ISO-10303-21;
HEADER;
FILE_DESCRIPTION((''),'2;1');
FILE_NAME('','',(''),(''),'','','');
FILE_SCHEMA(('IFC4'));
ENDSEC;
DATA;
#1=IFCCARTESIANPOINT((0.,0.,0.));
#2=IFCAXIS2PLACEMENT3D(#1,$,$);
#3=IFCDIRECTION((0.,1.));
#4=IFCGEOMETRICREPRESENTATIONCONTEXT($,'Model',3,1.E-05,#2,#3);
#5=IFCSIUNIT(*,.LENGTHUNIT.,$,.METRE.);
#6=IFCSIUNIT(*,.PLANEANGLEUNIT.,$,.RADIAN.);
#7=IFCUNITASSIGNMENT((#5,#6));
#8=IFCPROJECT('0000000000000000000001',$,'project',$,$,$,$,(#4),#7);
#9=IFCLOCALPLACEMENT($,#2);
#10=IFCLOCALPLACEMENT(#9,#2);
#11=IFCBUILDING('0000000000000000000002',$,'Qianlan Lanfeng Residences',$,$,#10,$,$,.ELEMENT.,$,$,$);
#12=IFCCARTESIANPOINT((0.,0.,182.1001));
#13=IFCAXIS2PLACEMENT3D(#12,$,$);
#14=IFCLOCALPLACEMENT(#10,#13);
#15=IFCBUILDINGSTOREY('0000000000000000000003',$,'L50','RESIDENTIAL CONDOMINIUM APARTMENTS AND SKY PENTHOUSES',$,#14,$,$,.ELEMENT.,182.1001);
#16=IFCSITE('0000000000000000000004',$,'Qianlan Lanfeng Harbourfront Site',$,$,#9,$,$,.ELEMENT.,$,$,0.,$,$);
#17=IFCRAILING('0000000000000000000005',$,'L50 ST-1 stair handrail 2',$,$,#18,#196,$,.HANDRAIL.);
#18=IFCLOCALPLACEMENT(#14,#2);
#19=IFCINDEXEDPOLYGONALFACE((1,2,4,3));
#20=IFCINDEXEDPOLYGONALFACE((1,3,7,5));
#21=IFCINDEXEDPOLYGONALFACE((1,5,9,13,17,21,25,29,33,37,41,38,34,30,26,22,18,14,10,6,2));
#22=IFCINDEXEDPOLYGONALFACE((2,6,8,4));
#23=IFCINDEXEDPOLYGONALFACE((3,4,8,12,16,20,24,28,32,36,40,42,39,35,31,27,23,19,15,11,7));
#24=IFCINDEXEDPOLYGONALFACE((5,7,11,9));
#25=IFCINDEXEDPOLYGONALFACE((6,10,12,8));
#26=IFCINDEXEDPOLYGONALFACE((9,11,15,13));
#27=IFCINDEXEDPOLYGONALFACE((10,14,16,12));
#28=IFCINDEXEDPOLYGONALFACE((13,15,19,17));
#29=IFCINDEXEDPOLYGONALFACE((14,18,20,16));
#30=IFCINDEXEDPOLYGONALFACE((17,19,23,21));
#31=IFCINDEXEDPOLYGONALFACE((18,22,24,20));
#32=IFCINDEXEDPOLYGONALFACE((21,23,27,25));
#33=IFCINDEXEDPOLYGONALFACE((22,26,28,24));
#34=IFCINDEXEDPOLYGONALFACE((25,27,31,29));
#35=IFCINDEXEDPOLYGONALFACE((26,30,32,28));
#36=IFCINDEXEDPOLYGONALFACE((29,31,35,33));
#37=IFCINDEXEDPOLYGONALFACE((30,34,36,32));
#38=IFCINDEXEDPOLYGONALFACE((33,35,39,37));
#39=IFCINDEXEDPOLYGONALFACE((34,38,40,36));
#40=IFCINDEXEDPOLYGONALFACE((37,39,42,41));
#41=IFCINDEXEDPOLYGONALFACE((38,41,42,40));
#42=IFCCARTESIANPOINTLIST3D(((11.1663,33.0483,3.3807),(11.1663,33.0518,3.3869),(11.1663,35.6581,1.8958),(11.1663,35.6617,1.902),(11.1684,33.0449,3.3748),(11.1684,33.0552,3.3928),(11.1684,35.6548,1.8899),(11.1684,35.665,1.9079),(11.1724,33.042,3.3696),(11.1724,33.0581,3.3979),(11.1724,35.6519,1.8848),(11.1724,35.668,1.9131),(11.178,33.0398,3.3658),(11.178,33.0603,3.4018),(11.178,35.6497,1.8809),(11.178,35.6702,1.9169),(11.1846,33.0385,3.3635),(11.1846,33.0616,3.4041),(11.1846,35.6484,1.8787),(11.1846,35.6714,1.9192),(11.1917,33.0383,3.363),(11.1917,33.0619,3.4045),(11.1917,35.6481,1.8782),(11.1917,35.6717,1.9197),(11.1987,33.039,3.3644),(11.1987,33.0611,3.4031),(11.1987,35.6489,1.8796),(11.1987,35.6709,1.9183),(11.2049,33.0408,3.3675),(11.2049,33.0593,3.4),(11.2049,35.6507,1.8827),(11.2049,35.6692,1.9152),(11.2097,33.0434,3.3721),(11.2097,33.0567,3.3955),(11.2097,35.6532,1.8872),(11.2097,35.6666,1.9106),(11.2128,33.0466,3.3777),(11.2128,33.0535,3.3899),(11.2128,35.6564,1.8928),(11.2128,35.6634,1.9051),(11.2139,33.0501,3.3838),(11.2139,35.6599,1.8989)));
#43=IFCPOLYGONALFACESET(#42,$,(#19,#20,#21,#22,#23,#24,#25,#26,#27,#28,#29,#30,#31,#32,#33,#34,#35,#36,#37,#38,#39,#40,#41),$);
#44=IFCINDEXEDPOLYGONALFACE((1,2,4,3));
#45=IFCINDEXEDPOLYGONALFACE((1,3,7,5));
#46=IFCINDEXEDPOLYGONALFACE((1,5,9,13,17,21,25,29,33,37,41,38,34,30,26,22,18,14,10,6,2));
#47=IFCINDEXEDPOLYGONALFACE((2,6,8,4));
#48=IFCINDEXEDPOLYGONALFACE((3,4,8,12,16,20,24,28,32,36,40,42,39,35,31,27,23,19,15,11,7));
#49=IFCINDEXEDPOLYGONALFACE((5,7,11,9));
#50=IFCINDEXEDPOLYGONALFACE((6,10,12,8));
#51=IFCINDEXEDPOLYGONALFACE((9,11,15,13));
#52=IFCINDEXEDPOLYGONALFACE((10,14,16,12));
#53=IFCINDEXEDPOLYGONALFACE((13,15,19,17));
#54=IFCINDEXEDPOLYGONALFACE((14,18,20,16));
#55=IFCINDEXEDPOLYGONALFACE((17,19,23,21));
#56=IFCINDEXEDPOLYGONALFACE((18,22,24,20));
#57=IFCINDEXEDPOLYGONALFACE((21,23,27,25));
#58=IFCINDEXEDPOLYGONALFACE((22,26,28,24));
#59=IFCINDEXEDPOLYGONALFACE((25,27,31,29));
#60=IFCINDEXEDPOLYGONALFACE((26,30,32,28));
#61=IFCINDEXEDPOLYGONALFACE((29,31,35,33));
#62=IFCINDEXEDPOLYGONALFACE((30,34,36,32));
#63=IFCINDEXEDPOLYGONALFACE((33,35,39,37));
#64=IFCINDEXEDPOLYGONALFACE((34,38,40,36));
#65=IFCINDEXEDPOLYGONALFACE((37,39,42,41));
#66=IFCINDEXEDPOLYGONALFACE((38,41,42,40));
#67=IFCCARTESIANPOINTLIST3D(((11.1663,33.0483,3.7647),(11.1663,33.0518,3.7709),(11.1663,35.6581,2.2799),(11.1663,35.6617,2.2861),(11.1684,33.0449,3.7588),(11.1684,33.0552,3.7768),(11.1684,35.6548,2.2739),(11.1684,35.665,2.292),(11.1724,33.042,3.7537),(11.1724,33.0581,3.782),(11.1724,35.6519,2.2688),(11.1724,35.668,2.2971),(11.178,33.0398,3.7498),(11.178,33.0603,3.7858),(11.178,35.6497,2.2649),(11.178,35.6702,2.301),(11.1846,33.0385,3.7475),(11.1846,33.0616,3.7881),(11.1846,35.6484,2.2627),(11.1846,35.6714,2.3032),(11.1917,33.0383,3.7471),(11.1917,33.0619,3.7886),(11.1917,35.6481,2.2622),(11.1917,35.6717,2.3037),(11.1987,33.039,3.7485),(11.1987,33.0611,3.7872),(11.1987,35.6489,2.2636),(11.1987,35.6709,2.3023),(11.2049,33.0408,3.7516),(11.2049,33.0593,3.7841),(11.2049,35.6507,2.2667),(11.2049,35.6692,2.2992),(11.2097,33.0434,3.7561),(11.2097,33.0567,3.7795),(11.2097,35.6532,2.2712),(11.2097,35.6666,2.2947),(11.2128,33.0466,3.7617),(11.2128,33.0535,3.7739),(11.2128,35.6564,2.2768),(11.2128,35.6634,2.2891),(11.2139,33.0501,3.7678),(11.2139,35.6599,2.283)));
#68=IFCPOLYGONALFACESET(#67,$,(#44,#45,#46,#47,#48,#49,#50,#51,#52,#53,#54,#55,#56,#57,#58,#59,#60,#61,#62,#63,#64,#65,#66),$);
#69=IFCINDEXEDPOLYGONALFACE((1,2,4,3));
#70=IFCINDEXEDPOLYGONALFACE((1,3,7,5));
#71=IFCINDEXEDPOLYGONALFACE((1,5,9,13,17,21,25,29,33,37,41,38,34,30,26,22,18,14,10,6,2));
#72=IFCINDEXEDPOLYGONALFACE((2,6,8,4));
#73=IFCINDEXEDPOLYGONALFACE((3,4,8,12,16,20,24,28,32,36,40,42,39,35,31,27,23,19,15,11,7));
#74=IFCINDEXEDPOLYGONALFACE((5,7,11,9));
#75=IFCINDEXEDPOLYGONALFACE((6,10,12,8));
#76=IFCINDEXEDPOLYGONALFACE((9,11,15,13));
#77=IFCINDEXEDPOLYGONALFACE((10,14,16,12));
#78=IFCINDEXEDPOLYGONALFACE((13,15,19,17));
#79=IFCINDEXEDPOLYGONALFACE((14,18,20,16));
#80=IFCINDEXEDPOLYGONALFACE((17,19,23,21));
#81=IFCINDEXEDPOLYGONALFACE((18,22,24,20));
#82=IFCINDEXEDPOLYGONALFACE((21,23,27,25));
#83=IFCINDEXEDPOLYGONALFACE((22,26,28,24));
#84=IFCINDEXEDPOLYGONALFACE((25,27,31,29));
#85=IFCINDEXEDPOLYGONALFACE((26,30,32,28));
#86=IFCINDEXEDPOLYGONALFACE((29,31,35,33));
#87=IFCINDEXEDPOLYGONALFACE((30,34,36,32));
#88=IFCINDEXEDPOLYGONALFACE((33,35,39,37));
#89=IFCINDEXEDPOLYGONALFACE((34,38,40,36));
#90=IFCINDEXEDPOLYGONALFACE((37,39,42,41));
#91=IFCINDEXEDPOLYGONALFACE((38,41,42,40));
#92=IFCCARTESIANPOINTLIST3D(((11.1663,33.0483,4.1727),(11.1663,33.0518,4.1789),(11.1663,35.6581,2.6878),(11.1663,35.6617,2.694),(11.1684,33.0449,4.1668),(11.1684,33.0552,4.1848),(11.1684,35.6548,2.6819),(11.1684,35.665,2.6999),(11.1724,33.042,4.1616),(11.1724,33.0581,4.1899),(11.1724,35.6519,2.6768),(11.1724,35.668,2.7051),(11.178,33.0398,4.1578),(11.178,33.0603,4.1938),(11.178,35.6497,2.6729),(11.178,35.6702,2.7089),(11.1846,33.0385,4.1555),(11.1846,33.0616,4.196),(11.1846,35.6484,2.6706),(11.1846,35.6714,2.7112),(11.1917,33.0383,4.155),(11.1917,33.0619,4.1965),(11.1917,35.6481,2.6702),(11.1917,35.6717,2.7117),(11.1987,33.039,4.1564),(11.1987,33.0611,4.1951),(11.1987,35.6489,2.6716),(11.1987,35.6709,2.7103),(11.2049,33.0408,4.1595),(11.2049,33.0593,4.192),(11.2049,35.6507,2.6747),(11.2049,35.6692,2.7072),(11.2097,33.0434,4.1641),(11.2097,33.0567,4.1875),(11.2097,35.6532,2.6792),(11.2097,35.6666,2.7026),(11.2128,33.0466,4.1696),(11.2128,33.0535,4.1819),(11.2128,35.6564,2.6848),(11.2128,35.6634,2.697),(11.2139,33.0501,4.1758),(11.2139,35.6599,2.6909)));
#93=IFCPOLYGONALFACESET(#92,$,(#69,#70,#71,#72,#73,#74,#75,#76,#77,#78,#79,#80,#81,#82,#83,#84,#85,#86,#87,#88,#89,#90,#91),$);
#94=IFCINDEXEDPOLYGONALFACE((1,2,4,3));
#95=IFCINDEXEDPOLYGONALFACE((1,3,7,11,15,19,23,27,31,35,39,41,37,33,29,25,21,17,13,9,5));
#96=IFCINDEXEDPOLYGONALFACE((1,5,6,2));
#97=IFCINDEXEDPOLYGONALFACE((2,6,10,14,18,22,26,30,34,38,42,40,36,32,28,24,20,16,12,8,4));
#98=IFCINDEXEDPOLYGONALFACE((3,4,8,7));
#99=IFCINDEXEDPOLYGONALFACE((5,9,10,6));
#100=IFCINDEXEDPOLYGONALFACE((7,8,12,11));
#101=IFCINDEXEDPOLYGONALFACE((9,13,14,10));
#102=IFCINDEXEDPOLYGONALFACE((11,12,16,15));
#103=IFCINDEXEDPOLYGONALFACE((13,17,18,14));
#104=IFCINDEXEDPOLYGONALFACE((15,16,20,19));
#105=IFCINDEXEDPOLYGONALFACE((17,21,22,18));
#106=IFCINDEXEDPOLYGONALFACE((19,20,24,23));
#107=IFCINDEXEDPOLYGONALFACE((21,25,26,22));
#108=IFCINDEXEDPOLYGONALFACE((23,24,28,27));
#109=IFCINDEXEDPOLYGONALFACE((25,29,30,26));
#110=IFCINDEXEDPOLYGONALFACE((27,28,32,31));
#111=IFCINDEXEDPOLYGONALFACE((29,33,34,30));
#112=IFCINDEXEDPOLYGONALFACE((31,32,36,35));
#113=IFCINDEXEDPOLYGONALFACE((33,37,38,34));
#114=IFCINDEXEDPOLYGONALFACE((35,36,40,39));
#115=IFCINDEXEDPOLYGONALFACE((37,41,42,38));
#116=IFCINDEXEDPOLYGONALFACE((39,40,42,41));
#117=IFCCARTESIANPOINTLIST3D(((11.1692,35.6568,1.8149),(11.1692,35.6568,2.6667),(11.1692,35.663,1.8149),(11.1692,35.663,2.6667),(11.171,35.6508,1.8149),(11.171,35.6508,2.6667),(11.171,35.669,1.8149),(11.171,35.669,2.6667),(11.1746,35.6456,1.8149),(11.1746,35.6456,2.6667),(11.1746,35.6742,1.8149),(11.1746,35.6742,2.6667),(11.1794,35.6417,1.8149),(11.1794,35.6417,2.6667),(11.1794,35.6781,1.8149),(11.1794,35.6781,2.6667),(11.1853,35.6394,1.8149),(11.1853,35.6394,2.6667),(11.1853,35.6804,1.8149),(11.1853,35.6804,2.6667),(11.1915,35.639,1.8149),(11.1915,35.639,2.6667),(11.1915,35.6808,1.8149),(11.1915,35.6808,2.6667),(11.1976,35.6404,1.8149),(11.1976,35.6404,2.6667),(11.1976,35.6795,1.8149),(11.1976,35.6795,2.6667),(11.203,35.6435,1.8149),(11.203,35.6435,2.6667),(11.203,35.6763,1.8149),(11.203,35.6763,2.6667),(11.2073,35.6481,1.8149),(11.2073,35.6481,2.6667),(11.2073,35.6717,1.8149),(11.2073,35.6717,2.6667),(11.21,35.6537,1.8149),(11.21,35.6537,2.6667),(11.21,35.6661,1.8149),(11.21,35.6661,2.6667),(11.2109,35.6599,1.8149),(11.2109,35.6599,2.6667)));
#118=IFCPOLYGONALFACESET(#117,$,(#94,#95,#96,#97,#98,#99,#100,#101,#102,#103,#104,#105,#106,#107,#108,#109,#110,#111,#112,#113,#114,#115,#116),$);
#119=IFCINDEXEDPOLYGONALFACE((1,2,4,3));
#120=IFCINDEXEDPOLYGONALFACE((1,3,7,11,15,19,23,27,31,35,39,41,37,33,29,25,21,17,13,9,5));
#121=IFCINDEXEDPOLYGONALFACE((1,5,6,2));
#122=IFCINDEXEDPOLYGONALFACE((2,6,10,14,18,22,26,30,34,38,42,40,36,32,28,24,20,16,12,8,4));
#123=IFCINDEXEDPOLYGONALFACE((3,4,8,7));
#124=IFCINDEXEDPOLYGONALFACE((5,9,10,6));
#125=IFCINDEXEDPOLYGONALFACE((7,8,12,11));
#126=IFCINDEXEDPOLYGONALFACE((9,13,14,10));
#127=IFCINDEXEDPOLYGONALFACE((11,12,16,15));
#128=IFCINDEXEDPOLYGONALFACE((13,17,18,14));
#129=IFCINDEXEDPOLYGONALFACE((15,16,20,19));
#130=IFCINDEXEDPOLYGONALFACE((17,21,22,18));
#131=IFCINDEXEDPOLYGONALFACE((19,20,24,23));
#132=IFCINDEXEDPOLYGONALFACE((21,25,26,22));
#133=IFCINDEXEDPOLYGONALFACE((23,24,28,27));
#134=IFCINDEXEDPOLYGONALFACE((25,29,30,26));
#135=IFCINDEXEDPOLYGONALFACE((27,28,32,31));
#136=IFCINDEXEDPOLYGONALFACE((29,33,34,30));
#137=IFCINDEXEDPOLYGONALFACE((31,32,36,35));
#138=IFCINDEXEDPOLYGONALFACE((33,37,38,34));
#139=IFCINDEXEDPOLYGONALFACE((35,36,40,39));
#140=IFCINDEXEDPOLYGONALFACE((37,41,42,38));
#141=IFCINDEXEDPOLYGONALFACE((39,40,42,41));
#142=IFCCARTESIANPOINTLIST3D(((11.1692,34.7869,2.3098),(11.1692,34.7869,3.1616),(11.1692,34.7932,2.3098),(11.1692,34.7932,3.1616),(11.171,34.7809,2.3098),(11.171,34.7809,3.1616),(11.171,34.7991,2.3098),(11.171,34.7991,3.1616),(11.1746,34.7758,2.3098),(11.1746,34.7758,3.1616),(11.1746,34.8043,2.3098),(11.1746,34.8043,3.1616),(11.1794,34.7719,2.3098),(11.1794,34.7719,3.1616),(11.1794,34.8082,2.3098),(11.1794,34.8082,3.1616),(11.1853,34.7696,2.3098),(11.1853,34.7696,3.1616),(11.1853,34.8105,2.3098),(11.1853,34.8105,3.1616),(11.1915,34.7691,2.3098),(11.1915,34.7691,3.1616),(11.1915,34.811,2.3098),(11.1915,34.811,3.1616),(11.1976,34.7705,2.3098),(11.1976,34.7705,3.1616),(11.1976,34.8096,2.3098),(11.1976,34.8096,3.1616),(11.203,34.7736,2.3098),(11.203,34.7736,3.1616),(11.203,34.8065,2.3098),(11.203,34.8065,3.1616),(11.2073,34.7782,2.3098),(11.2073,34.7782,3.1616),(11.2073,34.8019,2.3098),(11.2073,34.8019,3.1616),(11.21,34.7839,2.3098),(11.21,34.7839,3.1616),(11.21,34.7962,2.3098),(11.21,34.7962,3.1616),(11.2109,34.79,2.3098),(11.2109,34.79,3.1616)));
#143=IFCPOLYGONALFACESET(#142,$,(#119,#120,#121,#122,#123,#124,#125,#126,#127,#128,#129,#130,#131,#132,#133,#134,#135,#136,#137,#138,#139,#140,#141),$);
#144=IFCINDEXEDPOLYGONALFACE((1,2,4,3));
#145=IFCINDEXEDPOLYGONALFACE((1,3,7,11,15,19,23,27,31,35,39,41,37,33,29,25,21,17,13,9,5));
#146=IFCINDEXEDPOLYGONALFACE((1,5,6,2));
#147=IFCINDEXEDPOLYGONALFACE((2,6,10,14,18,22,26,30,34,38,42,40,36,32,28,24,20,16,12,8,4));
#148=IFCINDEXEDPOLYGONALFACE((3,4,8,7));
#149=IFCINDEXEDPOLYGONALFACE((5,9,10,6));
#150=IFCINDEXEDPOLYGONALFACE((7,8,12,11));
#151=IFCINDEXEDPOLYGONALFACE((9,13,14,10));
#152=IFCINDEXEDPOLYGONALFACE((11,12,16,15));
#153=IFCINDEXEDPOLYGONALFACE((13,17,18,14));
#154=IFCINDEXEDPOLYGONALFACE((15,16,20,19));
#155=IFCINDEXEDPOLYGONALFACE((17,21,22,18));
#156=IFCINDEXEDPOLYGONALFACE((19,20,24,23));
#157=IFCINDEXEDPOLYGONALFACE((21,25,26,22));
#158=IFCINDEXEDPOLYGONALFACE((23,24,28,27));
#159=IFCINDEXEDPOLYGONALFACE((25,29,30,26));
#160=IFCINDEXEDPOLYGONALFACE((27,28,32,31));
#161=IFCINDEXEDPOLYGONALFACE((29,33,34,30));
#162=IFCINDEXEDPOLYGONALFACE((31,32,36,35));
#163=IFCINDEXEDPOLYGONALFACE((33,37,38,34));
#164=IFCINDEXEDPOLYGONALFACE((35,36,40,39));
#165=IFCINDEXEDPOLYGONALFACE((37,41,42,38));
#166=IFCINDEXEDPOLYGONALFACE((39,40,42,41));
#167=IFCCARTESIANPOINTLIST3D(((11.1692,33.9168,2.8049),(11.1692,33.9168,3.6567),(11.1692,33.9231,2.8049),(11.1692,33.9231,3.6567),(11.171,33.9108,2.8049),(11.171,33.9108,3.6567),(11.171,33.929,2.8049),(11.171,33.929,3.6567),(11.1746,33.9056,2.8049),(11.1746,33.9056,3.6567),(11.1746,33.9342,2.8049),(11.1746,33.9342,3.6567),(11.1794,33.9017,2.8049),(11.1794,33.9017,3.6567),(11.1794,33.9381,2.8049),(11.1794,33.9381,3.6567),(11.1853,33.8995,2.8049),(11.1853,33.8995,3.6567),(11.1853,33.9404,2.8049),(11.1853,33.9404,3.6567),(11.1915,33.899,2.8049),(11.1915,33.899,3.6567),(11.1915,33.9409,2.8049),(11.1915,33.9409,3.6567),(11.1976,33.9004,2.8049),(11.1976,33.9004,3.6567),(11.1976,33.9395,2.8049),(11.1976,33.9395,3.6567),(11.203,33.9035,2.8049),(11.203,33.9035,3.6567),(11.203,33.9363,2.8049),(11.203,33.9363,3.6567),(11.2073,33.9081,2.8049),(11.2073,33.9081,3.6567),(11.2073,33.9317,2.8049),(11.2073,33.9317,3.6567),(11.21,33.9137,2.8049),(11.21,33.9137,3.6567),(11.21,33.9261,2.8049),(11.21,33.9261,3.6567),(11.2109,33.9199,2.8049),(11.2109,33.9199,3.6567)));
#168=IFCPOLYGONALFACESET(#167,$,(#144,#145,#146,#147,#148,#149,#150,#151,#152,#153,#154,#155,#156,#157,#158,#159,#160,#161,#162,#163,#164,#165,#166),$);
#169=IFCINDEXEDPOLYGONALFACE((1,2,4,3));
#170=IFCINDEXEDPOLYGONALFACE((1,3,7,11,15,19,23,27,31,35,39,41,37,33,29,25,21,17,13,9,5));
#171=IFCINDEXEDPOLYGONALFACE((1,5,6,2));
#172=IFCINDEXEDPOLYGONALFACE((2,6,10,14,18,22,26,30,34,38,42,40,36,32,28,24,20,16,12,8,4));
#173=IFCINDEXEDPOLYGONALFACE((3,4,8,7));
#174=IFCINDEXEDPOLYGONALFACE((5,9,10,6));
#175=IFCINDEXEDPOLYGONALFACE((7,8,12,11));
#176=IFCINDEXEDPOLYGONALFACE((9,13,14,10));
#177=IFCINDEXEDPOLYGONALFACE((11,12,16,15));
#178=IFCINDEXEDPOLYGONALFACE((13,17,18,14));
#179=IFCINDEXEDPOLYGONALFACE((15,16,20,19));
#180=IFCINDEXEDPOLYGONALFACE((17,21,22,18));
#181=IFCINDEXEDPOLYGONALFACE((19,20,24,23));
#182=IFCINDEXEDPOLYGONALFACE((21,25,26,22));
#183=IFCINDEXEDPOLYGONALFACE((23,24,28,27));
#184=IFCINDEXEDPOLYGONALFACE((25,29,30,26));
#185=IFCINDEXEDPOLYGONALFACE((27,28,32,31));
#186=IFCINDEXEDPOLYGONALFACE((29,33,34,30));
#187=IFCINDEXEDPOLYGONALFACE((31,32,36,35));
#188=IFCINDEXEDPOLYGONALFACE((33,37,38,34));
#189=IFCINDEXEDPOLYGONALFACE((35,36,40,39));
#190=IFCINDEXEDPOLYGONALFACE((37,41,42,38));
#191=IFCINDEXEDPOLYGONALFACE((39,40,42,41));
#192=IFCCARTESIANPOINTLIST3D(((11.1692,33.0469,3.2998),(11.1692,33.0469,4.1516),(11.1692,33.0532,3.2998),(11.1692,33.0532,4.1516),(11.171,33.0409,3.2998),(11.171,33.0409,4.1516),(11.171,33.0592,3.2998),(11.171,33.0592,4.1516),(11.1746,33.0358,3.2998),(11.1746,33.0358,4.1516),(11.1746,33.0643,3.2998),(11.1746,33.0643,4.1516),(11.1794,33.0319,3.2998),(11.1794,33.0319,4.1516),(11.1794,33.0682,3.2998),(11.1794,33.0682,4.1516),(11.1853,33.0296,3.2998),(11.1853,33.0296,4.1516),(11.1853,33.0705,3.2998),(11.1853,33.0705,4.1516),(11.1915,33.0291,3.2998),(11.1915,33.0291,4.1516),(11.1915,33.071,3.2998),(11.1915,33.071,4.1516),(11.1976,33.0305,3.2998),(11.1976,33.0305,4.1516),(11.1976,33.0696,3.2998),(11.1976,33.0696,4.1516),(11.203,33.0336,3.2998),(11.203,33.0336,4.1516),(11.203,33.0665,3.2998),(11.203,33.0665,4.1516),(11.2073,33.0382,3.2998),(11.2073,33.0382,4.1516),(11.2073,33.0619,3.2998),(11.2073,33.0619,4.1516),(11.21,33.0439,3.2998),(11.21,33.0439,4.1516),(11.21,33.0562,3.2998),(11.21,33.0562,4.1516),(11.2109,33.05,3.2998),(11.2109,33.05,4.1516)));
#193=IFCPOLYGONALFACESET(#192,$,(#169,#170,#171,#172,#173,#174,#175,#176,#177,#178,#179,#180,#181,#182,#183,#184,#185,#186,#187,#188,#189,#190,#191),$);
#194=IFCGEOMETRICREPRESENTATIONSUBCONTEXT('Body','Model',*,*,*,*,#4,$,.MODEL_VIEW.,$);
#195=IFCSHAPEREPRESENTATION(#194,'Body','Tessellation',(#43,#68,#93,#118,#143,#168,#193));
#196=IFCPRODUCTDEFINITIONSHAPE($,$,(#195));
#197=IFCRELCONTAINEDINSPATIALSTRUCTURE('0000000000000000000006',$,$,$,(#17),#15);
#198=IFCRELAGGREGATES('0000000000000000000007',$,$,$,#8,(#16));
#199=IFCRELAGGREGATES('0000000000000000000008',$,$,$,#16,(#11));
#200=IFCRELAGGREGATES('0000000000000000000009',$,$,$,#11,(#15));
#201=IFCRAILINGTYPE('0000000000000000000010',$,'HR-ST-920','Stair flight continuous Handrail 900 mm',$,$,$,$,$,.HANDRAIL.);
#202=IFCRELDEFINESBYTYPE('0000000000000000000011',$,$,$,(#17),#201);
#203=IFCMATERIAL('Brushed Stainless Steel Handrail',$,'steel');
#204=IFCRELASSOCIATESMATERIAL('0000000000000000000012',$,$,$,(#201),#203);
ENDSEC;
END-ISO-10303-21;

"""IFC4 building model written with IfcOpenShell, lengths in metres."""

from ifc_helpers import new_model, si_unit, direction, frame, origin, origin_2d, place, context, subcontext, project, spatial, circle, extrude, material, type_object, element, save


model = new_model("IFC4")

# Units and contexts
model_context = context("Model", 3, precision=1e-05, world=origin(), true_north=direction((0.0, 1.0)))
body_context = subcontext(model_context, "Body", "Model", "MODEL_VIEW")
ifc_project = project(units=[si_unit("LENGTHUNIT", "METRE"), si_unit("PLANEANGLEUNIT", "RADIAN")], contexts=[model_context])

# Site, building, storey
site_placement = place(None, origin())
site = spatial("IfcSite", under=ifc_project, at=site_placement, Name="Qianlan Lanfeng Harbourfront Site", CompositionType="ELEMENT", RefElevation=0.0)
building_placement = place(site_placement, origin())
building = spatial("IfcBuilding", under=site, at=building_placement, Name="Qianlan Lanfeng Residences", CompositionType="ELEMENT")
storey_placement = place(building_placement, frame((0.0, 0.0, 182.1001)))
storey = spatial("IfcBuildingStorey", under=building, at=storey_placement, Name="L50", Description="RESIDENTIAL CONDOMINIUM APARTMENTS AND SKY PENTHOUSES", CompositionType="ELEMENT", Elevation=182.1001)

# Railing
ifc_material_1 = material(Name="Brushed Stainless Steel Handrail", Category="steel")
railing_type_1 = type_object("IfcRailingType", Name="HR-ST-920", Description="Stair flight continuous Handrail 900 mm", PredefinedType="HANDRAIL", material=ifc_material_1)
railing_1_placement = place(storey_placement, frame((11.1899, 35.6599, 1.8149)))
element("IfcRailing", 1, at=railing_1_placement, inside=storey, type_object=railing_type_1, Name="L50 ST-1 stair handrail 2", PredefinedType="HANDRAIL", context=body_context, shape_type="SweptSolid", body=[
    extrude(circle(Radius=0.0239, at=origin_2d()), frame((0.0, 0.0, 0.084), z_axis=(0.0, -0.869172, 0.494509), x_axis=(1.0, 0.0, 0.0)), (0.0, 0.0, 1.0), 3.0027),
    extrude(circle(Radius=0.0239, at=origin_2d()), frame((0.0, 0.0, 0.468), z_axis=(0.0, -0.869172, 0.494509), x_axis=(1.0, 0.0, 0.0)), (0.0, 0.0, 1.0), 3.0027),
    extrude(circle(Radius=0.0239, at=origin_2d()), frame((0.0, 0.0, 0.876), z_axis=(0.0, -0.869172, 0.494509), x_axis=(1.0, 0.0, 0.0)), (0.0, 0.0, 1.0), 3.0027),
    extrude(circle(Radius=0.021, at=origin_2d()), origin(), (0.0, 0.0, 1.0), 0.8518),
    extrude(circle(Radius=0.021, at=origin_2d()), frame((0.0, -0.8699, 0.4949)), (0.0, 0.0, 1.0), 0.8518),
    extrude(circle(Radius=0.021, at=origin_2d()), frame((0.0, -1.74, 0.99)), (0.0, 0.0, 1.0), 0.8518),
    extrude(circle(Radius=0.021, at=origin_2d()), frame((0.0, -2.6099, 1.4849)), (0.0, 0.0, 1.0), 0.8518),
])

save(model, "model.ifc")
